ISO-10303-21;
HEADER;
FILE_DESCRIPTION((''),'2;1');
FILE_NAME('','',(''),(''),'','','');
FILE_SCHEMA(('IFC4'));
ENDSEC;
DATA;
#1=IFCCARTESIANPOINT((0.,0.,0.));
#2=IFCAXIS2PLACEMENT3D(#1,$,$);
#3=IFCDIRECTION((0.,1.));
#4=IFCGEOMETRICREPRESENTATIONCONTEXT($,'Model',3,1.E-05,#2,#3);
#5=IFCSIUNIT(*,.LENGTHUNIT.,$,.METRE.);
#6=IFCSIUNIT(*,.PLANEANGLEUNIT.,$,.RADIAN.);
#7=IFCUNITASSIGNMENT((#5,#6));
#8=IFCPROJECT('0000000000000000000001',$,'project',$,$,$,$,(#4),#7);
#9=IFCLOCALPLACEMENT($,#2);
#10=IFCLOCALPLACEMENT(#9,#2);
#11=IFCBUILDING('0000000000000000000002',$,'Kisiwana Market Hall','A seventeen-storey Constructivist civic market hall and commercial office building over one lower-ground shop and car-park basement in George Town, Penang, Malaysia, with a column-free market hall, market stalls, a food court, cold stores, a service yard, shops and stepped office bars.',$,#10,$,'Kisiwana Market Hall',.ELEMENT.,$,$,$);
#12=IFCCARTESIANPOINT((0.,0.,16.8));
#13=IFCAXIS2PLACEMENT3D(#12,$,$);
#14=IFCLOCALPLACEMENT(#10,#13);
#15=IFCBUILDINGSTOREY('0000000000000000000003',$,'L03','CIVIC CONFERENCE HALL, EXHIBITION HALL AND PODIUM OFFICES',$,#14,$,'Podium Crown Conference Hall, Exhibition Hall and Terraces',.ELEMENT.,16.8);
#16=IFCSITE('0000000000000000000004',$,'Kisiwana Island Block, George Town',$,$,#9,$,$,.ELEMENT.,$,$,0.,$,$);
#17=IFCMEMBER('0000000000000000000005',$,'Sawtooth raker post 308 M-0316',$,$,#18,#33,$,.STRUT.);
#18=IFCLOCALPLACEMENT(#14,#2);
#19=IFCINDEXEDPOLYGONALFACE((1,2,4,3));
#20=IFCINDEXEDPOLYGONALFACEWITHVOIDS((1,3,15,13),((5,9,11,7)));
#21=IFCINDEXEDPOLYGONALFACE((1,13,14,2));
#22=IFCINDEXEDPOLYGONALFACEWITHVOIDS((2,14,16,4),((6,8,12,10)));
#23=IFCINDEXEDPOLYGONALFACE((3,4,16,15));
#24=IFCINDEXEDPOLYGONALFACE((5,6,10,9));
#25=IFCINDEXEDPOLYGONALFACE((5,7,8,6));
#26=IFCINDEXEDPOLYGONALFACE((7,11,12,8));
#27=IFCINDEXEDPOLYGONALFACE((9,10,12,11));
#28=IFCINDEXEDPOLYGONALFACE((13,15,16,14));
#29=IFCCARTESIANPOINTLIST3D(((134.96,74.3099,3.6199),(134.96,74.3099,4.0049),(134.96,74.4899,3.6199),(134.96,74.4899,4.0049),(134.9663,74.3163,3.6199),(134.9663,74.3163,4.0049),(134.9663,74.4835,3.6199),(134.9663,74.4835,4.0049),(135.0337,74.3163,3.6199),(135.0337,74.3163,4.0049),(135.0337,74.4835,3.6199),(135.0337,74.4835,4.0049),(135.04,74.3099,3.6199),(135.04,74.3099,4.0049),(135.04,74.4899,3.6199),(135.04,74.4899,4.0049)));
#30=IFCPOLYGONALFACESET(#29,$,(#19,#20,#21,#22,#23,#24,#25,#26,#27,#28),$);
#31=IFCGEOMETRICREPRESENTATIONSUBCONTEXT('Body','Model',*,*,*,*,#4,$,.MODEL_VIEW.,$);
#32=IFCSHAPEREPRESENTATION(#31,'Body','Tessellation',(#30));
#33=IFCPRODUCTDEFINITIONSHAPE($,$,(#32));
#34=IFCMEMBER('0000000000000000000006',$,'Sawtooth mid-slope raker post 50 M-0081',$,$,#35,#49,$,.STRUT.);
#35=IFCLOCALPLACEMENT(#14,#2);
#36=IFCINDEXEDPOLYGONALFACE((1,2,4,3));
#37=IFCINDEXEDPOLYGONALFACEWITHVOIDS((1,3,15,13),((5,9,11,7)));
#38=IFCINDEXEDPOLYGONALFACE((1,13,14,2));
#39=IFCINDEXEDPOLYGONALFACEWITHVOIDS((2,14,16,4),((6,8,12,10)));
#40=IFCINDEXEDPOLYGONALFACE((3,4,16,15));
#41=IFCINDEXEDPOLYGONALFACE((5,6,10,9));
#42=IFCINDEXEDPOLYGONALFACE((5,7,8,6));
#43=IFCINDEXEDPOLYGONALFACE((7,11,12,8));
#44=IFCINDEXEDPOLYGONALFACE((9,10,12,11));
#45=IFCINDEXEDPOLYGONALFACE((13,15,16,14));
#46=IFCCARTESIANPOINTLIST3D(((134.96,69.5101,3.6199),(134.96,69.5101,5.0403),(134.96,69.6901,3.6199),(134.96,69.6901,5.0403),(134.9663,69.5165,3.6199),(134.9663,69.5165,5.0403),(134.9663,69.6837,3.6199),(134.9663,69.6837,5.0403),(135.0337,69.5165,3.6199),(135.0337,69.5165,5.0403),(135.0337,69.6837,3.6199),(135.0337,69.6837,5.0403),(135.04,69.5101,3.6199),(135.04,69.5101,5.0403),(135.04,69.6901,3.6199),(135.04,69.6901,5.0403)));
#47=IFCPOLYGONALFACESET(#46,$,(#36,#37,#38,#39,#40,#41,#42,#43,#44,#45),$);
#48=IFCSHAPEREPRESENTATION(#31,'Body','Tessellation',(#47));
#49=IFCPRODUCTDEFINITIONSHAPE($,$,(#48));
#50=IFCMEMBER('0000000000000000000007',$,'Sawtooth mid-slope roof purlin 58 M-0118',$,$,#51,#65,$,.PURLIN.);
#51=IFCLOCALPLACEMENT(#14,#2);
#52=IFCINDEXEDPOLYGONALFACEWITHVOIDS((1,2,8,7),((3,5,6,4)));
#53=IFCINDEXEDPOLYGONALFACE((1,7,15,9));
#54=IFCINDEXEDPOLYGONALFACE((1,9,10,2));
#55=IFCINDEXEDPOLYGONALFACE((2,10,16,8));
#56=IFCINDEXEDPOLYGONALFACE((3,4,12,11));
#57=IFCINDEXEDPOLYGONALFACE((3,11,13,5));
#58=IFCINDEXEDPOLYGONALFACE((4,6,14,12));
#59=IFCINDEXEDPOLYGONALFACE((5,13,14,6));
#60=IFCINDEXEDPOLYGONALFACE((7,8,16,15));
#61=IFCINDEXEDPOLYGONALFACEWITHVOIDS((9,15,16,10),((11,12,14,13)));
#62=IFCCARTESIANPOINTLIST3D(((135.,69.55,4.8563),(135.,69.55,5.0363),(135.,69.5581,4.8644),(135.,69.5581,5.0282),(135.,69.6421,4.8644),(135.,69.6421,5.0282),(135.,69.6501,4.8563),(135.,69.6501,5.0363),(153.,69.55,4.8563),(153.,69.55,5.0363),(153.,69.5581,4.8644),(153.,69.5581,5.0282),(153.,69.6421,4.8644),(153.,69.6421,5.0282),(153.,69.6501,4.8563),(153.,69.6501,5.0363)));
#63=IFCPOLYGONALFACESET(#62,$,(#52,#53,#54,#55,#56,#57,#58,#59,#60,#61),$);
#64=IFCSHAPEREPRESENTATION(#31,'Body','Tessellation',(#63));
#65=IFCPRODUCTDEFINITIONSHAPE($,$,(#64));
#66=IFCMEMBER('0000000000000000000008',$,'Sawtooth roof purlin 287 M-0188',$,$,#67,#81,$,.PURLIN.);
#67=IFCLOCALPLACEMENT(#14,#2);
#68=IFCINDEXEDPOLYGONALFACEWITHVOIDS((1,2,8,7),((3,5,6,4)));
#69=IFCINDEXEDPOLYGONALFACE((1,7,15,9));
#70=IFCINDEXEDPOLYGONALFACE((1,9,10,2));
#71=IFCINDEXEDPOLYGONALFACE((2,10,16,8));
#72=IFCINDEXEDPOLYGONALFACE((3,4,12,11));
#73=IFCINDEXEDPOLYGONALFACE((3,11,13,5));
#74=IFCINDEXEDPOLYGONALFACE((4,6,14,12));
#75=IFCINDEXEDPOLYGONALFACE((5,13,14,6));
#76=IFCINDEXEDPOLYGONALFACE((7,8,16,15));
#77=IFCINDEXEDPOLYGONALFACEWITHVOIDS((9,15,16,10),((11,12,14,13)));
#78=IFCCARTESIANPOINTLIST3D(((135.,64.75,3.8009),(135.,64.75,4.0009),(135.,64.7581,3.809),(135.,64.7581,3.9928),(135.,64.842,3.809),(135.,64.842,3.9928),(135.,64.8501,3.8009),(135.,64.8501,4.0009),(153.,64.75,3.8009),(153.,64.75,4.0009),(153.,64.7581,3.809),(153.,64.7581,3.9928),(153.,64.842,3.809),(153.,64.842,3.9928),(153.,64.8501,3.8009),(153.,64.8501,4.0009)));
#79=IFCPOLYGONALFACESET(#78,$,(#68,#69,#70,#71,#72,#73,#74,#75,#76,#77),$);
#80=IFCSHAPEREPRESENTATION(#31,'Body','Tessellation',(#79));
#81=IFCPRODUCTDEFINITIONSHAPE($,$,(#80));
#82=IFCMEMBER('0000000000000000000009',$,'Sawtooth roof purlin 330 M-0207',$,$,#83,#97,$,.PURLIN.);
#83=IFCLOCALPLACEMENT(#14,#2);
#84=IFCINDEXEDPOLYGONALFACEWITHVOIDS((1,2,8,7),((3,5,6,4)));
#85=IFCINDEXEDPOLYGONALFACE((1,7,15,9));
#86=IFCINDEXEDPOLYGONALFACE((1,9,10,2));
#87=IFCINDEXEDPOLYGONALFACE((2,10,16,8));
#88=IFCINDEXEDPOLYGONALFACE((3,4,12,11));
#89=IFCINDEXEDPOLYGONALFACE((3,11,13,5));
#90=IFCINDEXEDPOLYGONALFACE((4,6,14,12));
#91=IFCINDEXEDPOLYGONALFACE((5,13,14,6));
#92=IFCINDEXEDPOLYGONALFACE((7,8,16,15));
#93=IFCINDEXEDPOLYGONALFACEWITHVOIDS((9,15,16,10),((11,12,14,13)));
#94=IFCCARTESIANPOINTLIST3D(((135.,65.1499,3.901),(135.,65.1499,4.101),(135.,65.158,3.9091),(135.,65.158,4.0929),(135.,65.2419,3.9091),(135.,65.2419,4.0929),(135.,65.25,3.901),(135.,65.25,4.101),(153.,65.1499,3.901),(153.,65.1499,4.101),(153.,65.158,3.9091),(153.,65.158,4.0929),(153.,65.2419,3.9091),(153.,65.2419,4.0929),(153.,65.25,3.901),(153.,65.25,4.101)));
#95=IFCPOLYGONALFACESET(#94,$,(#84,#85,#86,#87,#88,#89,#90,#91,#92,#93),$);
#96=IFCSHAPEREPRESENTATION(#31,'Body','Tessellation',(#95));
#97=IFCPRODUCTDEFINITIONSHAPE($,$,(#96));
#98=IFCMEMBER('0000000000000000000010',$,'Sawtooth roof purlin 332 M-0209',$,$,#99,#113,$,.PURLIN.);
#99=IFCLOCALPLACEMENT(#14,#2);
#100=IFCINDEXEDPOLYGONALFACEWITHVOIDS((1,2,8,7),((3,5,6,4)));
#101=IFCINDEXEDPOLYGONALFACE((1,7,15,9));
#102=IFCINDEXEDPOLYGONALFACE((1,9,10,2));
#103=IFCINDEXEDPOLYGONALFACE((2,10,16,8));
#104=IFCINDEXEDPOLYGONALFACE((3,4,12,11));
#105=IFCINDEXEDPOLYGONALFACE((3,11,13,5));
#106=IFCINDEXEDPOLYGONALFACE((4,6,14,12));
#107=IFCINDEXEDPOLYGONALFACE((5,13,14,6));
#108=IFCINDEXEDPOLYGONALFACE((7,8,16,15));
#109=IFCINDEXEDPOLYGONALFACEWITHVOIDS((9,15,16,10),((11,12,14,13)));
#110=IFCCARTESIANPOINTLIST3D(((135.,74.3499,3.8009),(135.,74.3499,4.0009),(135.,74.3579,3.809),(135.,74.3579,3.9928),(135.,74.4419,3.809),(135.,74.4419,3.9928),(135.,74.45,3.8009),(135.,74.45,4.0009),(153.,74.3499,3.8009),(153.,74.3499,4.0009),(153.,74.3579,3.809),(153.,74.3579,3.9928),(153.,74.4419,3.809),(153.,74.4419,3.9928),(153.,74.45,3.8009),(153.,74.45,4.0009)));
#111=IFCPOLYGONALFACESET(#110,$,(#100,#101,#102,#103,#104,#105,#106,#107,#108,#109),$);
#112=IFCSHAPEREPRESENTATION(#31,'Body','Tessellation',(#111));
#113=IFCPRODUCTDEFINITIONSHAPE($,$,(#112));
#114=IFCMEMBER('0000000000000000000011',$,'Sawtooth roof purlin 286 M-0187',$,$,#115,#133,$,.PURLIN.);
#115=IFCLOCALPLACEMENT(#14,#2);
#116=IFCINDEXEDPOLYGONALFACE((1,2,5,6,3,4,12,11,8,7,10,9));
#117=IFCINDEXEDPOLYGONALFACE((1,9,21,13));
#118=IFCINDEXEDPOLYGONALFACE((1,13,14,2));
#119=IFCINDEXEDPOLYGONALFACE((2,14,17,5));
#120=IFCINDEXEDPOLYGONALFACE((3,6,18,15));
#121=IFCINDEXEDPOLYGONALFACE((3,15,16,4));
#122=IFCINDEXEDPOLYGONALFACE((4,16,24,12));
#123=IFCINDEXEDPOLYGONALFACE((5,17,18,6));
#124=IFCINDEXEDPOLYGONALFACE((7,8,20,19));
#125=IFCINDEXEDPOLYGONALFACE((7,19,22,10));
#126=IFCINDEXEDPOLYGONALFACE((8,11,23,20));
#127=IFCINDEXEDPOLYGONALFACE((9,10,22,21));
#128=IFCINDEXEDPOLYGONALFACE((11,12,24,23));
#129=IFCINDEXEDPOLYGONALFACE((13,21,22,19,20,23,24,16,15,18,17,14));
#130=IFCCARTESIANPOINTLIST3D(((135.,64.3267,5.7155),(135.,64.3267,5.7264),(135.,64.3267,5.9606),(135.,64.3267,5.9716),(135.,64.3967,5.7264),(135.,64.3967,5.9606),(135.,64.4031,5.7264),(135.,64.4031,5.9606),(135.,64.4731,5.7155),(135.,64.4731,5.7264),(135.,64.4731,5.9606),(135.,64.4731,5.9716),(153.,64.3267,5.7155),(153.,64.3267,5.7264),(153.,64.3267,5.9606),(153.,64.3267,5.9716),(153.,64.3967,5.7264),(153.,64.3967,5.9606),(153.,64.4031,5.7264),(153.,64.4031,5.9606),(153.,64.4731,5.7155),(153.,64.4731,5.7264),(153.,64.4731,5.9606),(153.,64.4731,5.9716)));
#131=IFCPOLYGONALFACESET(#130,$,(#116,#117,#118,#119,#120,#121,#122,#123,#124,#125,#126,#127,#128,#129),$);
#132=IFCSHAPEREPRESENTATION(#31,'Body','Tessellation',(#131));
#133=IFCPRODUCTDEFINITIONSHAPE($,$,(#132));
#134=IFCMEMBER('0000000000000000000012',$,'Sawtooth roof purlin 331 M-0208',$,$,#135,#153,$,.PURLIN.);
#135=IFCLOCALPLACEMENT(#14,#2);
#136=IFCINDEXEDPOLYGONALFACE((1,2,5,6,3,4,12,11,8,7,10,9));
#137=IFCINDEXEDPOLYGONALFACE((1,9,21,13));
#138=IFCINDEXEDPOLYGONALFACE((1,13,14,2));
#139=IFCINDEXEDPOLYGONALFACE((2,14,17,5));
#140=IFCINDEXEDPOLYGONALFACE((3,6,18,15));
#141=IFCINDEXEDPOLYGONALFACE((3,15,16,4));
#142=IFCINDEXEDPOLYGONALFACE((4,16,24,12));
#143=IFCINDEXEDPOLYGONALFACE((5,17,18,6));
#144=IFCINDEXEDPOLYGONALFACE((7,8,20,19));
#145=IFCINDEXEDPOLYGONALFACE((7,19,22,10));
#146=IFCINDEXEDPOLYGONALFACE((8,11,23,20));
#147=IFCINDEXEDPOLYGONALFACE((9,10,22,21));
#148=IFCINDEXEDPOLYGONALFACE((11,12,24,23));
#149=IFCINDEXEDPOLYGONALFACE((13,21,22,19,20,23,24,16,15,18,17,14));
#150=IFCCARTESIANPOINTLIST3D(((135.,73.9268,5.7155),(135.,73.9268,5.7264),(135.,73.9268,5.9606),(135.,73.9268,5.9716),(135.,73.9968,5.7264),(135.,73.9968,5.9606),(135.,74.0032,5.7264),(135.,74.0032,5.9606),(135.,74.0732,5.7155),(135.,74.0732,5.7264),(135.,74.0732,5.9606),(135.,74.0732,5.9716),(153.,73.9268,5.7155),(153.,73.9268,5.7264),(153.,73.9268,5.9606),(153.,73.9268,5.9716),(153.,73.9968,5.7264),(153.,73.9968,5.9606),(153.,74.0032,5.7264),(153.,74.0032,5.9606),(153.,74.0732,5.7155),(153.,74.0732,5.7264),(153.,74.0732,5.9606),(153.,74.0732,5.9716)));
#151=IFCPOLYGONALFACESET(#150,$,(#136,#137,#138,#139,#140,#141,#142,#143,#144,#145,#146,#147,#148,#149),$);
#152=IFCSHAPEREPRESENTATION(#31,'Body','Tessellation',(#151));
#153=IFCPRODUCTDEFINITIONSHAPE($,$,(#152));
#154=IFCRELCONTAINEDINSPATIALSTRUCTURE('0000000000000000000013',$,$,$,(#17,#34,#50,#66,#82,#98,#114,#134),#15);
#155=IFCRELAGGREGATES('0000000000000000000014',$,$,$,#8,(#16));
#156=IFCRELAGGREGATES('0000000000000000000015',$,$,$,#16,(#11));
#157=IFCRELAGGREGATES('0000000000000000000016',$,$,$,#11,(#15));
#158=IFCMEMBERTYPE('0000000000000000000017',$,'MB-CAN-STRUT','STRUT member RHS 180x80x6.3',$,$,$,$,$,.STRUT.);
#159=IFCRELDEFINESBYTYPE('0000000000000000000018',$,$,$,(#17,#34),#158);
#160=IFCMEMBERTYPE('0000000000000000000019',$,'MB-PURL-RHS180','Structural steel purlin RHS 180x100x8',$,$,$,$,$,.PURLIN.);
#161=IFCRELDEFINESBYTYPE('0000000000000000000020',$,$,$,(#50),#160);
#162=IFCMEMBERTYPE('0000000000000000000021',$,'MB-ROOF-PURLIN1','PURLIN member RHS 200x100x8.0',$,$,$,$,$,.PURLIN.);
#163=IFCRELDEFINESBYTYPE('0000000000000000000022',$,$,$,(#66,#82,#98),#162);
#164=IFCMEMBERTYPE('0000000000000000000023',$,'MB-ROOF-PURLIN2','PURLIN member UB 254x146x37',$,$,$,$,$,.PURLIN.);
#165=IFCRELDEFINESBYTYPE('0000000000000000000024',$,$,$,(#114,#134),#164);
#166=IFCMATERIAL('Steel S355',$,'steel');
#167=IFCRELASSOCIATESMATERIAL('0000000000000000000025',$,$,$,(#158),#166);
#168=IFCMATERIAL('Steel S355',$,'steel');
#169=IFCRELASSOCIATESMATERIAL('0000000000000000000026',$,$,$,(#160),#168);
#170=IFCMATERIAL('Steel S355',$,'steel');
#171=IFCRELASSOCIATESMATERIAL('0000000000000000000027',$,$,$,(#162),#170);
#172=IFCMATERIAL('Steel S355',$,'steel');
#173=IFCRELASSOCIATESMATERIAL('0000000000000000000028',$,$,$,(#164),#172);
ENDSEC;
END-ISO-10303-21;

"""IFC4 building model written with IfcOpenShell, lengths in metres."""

from ifc_helpers import new_model, si_unit, direction, frame, origin, origin_2d, place, context, subcontext, project, spatial, hollow_rectangle, i_section, extrude, material, material_profile, profile_set, type_object, element, save


model = new_model("IFC4")

# Units and contexts
model_context = context("Model", 3, precision=1e-05, world=origin(), true_north=direction((0.0, 1.0)))
body_context = subcontext(model_context, "Body", "Model", "MODEL_VIEW")
ifc_project = project(units=[si_unit("LENGTHUNIT", "METRE"), si_unit("PLANEANGLEUNIT", "RADIAN")], contexts=[model_context])

# Site, building, storey
site_placement = place(None, origin())
site = spatial("IfcSite", under=ifc_project, at=site_placement, Name="Kisiwana Island Block, George Town", CompositionType="ELEMENT", RefElevation=0.0)
building_placement = place(site_placement, origin())
building = spatial("IfcBuilding", under=site, at=building_placement, Name="Kisiwana Market Hall", Description="A seventeen-storey Constructivist civic market hall and commercial office building over one lower-ground shop and car-park basement in George Town, Penang, Malaysia, with a column-free market hall, market stalls, a food court, cold stores, a service yard, shops and stepped office bars.", LongName="Kisiwana Market Hall", CompositionType="ELEMENT")
storey_placement = place(building_placement, frame((0.0, 0.0, 16.8)))
storey = spatial("IfcBuildingStorey", under=building, at=storey_placement, Name="L03", Description="CIVIC CONFERENCE HALL, EXHIBITION HALL AND PODIUM OFFICES", LongName="Podium Crown Conference Hall, Exhibition Hall and Terraces", CompositionType="ELEMENT", Elevation=16.8)

# Members
ifc_material_1 = material(Name="Steel S355", Category="steel")
ifc_material_profile_1 = material_profile(ifc_material_1, hollow_rectangle(XDim=0.0801, YDim=0.1799, WallThickness=0.0063, at=origin_2d()), Name="RHS 180x80x6.3")
ifc_profile_set_1 = profile_set([ifc_material_profile_1], Name="Steel S355")
member_type_1 = type_object("IfcMemberType", Name="MB-CAN-STRUT", Description="STRUT member RHS 180x80x6.3", PredefinedType="STRUT", material=ifc_profile_set_1)
member_1_placement = place(storey_placement, frame((135.0, 74.3999, 3.6199), z_axis=(0.0, 0.0, 1.0), x_axis=(1.0, 0.0, 0.0)))
element("IfcMember", 1, at=member_1_placement, inside=storey, type_object=member_type_1, Name="Sawtooth raker post 308 M-0316", PredefinedType="STRUT", context=body_context, shape_type="SweptSolid", body=[
    extrude(hollow_rectangle(XDim=0.0801, YDim=0.1799, WallThickness=0.0063, at=origin_2d()), origin(), (0.0, 0.0, 1.0), 0.385),
])
member_2_placement = place(storey_placement, frame((135.0, 69.6001, 3.6199), z_axis=(0.0, 0.0, 1.0), x_axis=(1.0, 0.0, 0.0)))
element("IfcMember", 2, at=member_2_placement, inside=storey, type_object=member_type_1, Name="Sawtooth mid-slope raker post 50 M-0081", PredefinedType="STRUT", context=body_context, shape_type="SweptSolid", body=[
    extrude(hollow_rectangle(XDim=0.0801, YDim=0.1799, WallThickness=0.0063, at=origin_2d()), origin(), (0.0, 0.0, 1.0), 1.4204),
])
ifc_material_2 = material(Name="Steel S355", Category="steel")
ifc_material_profile_2 = material_profile(ifc_material_2, hollow_rectangle(XDim=0.1001, YDim=0.1799, WallThickness=0.0081, at=origin_2d()), Name="RHS 180x100x8")
ifc_profile_set_2 = profile_set([ifc_material_profile_2], Name="Steel S355")
member_type_2 = type_object("IfcMemberType", Name="MB-PURL-RHS180", Description="Structural steel purlin RHS 180x100x8", PredefinedType="PURLIN", material=ifc_profile_set_2)
member_3_placement = place(storey_placement, frame((135.0, 69.6001, 4.9463), z_axis=(1.0, 0.0, 0.0), x_axis=(0.0, 1.0, 0.0)))
element("IfcMember", 3, at=member_3_placement, inside=storey, type_object=member_type_2, Name="Sawtooth mid-slope roof purlin 58 M-0118", PredefinedType="PURLIN", context=body_context, shape_type="SweptSolid", body=[
    extrude(hollow_rectangle(XDim=0.1001, YDim=0.1799, WallThickness=0.0081, at=origin_2d()), origin(), (0.0, 0.0, 1.0), 18.0),
])
ifc_material_3 = material(Name="Steel S355", Category="steel")
ifc_material_profile_3 = material_profile(ifc_material_3, hollow_rectangle(XDim=0.1001, YDim=0.2, WallThickness=0.0081, at=origin_2d()), Name="RHS 200x100x8.0")
ifc_profile_set_3 = profile_set([ifc_material_profile_3], Name="Steel S355")
member_type_3 = type_object("IfcMemberType", Name="MB-ROOF-PURLIN1", Description="PURLIN member RHS 200x100x8.0", PredefinedType="PURLIN", material=ifc_profile_set_3)
for number, where, z_axis, x_axis, name in (
    (4, (135.0, 64.8, 3.9009), (1.0, 0.0, 0.0), (0.0, 1.0, 0.0), "Sawtooth roof purlin 287 M-0188"),
    (5, (135.0, 65.2, 4.001), (1.0, 0.0, 0.0), (0.0, 1.0, 0.0), "Sawtooth roof purlin 330 M-0207"),
    (6, (135.0, 74.3999, 3.9009), (1.0, 0.0, 0.0), (0.0, 1.0, 0.0), "Sawtooth roof purlin 332 M-0209"),
):
    element("IfcMember", number, at=place(storey_placement, frame(where, z_axis=z_axis, x_axis=x_axis)), inside=storey, type_object=member_type_3, Name=name, PredefinedType="PURLIN", context=body_context, shape_type="SweptSolid", body=[
        extrude(hollow_rectangle(XDim=0.1001, YDim=0.2, WallThickness=0.0081, at=origin_2d()), origin(), (0.0, 0.0, 1.0), 18.0),
    ])
ifc_material_4 = material(Name="Steel S355", Category="steel")
ifc_material_profile_4 = material_profile(ifc_material_4, i_section(OverallWidth=0.1465, OverallDepth=0.2561, WebThickness=0.0063, FlangeThickness=0.011, at=origin_2d()), Name="UB 254x146x37")
ifc_profile_set_4 = profile_set([ifc_material_profile_4], Name="Steel S355")
member_type_4 = type_object("IfcMemberType", Name="MB-ROOF-PURLIN2", Description="PURLIN member UB 254x146x37", PredefinedType="PURLIN", material=ifc_profile_set_4)
for number, where, z_axis, x_axis, name in (
    (7, (135.0, 64.3999, 5.8435), (1.0, 0.0, 0.0), (0.0, 1.0, 0.0), "Sawtooth roof purlin 286 M-0187"),
    (8, (135.0, 74.0, 5.8435), (1.0, 0.0, 0.0), (0.0, 1.0, 0.0), "Sawtooth roof purlin 331 M-0208"),
):
    element("IfcMember", number, at=place(storey_placement, frame(where, z_axis=z_axis, x_axis=x_axis)), inside=storey, type_object=member_type_4, Name=name, PredefinedType="PURLIN", context=body_context, shape_type="SweptSolid", body=[
        extrude(i_section(OverallWidth=0.1465, OverallDepth=0.2561, WebThickness=0.0063, FlangeThickness=0.011, at=origin_2d()), origin(), (0.0, 0.0, 1.0), 18.0),
    ])

save(model, "model.ifc")
